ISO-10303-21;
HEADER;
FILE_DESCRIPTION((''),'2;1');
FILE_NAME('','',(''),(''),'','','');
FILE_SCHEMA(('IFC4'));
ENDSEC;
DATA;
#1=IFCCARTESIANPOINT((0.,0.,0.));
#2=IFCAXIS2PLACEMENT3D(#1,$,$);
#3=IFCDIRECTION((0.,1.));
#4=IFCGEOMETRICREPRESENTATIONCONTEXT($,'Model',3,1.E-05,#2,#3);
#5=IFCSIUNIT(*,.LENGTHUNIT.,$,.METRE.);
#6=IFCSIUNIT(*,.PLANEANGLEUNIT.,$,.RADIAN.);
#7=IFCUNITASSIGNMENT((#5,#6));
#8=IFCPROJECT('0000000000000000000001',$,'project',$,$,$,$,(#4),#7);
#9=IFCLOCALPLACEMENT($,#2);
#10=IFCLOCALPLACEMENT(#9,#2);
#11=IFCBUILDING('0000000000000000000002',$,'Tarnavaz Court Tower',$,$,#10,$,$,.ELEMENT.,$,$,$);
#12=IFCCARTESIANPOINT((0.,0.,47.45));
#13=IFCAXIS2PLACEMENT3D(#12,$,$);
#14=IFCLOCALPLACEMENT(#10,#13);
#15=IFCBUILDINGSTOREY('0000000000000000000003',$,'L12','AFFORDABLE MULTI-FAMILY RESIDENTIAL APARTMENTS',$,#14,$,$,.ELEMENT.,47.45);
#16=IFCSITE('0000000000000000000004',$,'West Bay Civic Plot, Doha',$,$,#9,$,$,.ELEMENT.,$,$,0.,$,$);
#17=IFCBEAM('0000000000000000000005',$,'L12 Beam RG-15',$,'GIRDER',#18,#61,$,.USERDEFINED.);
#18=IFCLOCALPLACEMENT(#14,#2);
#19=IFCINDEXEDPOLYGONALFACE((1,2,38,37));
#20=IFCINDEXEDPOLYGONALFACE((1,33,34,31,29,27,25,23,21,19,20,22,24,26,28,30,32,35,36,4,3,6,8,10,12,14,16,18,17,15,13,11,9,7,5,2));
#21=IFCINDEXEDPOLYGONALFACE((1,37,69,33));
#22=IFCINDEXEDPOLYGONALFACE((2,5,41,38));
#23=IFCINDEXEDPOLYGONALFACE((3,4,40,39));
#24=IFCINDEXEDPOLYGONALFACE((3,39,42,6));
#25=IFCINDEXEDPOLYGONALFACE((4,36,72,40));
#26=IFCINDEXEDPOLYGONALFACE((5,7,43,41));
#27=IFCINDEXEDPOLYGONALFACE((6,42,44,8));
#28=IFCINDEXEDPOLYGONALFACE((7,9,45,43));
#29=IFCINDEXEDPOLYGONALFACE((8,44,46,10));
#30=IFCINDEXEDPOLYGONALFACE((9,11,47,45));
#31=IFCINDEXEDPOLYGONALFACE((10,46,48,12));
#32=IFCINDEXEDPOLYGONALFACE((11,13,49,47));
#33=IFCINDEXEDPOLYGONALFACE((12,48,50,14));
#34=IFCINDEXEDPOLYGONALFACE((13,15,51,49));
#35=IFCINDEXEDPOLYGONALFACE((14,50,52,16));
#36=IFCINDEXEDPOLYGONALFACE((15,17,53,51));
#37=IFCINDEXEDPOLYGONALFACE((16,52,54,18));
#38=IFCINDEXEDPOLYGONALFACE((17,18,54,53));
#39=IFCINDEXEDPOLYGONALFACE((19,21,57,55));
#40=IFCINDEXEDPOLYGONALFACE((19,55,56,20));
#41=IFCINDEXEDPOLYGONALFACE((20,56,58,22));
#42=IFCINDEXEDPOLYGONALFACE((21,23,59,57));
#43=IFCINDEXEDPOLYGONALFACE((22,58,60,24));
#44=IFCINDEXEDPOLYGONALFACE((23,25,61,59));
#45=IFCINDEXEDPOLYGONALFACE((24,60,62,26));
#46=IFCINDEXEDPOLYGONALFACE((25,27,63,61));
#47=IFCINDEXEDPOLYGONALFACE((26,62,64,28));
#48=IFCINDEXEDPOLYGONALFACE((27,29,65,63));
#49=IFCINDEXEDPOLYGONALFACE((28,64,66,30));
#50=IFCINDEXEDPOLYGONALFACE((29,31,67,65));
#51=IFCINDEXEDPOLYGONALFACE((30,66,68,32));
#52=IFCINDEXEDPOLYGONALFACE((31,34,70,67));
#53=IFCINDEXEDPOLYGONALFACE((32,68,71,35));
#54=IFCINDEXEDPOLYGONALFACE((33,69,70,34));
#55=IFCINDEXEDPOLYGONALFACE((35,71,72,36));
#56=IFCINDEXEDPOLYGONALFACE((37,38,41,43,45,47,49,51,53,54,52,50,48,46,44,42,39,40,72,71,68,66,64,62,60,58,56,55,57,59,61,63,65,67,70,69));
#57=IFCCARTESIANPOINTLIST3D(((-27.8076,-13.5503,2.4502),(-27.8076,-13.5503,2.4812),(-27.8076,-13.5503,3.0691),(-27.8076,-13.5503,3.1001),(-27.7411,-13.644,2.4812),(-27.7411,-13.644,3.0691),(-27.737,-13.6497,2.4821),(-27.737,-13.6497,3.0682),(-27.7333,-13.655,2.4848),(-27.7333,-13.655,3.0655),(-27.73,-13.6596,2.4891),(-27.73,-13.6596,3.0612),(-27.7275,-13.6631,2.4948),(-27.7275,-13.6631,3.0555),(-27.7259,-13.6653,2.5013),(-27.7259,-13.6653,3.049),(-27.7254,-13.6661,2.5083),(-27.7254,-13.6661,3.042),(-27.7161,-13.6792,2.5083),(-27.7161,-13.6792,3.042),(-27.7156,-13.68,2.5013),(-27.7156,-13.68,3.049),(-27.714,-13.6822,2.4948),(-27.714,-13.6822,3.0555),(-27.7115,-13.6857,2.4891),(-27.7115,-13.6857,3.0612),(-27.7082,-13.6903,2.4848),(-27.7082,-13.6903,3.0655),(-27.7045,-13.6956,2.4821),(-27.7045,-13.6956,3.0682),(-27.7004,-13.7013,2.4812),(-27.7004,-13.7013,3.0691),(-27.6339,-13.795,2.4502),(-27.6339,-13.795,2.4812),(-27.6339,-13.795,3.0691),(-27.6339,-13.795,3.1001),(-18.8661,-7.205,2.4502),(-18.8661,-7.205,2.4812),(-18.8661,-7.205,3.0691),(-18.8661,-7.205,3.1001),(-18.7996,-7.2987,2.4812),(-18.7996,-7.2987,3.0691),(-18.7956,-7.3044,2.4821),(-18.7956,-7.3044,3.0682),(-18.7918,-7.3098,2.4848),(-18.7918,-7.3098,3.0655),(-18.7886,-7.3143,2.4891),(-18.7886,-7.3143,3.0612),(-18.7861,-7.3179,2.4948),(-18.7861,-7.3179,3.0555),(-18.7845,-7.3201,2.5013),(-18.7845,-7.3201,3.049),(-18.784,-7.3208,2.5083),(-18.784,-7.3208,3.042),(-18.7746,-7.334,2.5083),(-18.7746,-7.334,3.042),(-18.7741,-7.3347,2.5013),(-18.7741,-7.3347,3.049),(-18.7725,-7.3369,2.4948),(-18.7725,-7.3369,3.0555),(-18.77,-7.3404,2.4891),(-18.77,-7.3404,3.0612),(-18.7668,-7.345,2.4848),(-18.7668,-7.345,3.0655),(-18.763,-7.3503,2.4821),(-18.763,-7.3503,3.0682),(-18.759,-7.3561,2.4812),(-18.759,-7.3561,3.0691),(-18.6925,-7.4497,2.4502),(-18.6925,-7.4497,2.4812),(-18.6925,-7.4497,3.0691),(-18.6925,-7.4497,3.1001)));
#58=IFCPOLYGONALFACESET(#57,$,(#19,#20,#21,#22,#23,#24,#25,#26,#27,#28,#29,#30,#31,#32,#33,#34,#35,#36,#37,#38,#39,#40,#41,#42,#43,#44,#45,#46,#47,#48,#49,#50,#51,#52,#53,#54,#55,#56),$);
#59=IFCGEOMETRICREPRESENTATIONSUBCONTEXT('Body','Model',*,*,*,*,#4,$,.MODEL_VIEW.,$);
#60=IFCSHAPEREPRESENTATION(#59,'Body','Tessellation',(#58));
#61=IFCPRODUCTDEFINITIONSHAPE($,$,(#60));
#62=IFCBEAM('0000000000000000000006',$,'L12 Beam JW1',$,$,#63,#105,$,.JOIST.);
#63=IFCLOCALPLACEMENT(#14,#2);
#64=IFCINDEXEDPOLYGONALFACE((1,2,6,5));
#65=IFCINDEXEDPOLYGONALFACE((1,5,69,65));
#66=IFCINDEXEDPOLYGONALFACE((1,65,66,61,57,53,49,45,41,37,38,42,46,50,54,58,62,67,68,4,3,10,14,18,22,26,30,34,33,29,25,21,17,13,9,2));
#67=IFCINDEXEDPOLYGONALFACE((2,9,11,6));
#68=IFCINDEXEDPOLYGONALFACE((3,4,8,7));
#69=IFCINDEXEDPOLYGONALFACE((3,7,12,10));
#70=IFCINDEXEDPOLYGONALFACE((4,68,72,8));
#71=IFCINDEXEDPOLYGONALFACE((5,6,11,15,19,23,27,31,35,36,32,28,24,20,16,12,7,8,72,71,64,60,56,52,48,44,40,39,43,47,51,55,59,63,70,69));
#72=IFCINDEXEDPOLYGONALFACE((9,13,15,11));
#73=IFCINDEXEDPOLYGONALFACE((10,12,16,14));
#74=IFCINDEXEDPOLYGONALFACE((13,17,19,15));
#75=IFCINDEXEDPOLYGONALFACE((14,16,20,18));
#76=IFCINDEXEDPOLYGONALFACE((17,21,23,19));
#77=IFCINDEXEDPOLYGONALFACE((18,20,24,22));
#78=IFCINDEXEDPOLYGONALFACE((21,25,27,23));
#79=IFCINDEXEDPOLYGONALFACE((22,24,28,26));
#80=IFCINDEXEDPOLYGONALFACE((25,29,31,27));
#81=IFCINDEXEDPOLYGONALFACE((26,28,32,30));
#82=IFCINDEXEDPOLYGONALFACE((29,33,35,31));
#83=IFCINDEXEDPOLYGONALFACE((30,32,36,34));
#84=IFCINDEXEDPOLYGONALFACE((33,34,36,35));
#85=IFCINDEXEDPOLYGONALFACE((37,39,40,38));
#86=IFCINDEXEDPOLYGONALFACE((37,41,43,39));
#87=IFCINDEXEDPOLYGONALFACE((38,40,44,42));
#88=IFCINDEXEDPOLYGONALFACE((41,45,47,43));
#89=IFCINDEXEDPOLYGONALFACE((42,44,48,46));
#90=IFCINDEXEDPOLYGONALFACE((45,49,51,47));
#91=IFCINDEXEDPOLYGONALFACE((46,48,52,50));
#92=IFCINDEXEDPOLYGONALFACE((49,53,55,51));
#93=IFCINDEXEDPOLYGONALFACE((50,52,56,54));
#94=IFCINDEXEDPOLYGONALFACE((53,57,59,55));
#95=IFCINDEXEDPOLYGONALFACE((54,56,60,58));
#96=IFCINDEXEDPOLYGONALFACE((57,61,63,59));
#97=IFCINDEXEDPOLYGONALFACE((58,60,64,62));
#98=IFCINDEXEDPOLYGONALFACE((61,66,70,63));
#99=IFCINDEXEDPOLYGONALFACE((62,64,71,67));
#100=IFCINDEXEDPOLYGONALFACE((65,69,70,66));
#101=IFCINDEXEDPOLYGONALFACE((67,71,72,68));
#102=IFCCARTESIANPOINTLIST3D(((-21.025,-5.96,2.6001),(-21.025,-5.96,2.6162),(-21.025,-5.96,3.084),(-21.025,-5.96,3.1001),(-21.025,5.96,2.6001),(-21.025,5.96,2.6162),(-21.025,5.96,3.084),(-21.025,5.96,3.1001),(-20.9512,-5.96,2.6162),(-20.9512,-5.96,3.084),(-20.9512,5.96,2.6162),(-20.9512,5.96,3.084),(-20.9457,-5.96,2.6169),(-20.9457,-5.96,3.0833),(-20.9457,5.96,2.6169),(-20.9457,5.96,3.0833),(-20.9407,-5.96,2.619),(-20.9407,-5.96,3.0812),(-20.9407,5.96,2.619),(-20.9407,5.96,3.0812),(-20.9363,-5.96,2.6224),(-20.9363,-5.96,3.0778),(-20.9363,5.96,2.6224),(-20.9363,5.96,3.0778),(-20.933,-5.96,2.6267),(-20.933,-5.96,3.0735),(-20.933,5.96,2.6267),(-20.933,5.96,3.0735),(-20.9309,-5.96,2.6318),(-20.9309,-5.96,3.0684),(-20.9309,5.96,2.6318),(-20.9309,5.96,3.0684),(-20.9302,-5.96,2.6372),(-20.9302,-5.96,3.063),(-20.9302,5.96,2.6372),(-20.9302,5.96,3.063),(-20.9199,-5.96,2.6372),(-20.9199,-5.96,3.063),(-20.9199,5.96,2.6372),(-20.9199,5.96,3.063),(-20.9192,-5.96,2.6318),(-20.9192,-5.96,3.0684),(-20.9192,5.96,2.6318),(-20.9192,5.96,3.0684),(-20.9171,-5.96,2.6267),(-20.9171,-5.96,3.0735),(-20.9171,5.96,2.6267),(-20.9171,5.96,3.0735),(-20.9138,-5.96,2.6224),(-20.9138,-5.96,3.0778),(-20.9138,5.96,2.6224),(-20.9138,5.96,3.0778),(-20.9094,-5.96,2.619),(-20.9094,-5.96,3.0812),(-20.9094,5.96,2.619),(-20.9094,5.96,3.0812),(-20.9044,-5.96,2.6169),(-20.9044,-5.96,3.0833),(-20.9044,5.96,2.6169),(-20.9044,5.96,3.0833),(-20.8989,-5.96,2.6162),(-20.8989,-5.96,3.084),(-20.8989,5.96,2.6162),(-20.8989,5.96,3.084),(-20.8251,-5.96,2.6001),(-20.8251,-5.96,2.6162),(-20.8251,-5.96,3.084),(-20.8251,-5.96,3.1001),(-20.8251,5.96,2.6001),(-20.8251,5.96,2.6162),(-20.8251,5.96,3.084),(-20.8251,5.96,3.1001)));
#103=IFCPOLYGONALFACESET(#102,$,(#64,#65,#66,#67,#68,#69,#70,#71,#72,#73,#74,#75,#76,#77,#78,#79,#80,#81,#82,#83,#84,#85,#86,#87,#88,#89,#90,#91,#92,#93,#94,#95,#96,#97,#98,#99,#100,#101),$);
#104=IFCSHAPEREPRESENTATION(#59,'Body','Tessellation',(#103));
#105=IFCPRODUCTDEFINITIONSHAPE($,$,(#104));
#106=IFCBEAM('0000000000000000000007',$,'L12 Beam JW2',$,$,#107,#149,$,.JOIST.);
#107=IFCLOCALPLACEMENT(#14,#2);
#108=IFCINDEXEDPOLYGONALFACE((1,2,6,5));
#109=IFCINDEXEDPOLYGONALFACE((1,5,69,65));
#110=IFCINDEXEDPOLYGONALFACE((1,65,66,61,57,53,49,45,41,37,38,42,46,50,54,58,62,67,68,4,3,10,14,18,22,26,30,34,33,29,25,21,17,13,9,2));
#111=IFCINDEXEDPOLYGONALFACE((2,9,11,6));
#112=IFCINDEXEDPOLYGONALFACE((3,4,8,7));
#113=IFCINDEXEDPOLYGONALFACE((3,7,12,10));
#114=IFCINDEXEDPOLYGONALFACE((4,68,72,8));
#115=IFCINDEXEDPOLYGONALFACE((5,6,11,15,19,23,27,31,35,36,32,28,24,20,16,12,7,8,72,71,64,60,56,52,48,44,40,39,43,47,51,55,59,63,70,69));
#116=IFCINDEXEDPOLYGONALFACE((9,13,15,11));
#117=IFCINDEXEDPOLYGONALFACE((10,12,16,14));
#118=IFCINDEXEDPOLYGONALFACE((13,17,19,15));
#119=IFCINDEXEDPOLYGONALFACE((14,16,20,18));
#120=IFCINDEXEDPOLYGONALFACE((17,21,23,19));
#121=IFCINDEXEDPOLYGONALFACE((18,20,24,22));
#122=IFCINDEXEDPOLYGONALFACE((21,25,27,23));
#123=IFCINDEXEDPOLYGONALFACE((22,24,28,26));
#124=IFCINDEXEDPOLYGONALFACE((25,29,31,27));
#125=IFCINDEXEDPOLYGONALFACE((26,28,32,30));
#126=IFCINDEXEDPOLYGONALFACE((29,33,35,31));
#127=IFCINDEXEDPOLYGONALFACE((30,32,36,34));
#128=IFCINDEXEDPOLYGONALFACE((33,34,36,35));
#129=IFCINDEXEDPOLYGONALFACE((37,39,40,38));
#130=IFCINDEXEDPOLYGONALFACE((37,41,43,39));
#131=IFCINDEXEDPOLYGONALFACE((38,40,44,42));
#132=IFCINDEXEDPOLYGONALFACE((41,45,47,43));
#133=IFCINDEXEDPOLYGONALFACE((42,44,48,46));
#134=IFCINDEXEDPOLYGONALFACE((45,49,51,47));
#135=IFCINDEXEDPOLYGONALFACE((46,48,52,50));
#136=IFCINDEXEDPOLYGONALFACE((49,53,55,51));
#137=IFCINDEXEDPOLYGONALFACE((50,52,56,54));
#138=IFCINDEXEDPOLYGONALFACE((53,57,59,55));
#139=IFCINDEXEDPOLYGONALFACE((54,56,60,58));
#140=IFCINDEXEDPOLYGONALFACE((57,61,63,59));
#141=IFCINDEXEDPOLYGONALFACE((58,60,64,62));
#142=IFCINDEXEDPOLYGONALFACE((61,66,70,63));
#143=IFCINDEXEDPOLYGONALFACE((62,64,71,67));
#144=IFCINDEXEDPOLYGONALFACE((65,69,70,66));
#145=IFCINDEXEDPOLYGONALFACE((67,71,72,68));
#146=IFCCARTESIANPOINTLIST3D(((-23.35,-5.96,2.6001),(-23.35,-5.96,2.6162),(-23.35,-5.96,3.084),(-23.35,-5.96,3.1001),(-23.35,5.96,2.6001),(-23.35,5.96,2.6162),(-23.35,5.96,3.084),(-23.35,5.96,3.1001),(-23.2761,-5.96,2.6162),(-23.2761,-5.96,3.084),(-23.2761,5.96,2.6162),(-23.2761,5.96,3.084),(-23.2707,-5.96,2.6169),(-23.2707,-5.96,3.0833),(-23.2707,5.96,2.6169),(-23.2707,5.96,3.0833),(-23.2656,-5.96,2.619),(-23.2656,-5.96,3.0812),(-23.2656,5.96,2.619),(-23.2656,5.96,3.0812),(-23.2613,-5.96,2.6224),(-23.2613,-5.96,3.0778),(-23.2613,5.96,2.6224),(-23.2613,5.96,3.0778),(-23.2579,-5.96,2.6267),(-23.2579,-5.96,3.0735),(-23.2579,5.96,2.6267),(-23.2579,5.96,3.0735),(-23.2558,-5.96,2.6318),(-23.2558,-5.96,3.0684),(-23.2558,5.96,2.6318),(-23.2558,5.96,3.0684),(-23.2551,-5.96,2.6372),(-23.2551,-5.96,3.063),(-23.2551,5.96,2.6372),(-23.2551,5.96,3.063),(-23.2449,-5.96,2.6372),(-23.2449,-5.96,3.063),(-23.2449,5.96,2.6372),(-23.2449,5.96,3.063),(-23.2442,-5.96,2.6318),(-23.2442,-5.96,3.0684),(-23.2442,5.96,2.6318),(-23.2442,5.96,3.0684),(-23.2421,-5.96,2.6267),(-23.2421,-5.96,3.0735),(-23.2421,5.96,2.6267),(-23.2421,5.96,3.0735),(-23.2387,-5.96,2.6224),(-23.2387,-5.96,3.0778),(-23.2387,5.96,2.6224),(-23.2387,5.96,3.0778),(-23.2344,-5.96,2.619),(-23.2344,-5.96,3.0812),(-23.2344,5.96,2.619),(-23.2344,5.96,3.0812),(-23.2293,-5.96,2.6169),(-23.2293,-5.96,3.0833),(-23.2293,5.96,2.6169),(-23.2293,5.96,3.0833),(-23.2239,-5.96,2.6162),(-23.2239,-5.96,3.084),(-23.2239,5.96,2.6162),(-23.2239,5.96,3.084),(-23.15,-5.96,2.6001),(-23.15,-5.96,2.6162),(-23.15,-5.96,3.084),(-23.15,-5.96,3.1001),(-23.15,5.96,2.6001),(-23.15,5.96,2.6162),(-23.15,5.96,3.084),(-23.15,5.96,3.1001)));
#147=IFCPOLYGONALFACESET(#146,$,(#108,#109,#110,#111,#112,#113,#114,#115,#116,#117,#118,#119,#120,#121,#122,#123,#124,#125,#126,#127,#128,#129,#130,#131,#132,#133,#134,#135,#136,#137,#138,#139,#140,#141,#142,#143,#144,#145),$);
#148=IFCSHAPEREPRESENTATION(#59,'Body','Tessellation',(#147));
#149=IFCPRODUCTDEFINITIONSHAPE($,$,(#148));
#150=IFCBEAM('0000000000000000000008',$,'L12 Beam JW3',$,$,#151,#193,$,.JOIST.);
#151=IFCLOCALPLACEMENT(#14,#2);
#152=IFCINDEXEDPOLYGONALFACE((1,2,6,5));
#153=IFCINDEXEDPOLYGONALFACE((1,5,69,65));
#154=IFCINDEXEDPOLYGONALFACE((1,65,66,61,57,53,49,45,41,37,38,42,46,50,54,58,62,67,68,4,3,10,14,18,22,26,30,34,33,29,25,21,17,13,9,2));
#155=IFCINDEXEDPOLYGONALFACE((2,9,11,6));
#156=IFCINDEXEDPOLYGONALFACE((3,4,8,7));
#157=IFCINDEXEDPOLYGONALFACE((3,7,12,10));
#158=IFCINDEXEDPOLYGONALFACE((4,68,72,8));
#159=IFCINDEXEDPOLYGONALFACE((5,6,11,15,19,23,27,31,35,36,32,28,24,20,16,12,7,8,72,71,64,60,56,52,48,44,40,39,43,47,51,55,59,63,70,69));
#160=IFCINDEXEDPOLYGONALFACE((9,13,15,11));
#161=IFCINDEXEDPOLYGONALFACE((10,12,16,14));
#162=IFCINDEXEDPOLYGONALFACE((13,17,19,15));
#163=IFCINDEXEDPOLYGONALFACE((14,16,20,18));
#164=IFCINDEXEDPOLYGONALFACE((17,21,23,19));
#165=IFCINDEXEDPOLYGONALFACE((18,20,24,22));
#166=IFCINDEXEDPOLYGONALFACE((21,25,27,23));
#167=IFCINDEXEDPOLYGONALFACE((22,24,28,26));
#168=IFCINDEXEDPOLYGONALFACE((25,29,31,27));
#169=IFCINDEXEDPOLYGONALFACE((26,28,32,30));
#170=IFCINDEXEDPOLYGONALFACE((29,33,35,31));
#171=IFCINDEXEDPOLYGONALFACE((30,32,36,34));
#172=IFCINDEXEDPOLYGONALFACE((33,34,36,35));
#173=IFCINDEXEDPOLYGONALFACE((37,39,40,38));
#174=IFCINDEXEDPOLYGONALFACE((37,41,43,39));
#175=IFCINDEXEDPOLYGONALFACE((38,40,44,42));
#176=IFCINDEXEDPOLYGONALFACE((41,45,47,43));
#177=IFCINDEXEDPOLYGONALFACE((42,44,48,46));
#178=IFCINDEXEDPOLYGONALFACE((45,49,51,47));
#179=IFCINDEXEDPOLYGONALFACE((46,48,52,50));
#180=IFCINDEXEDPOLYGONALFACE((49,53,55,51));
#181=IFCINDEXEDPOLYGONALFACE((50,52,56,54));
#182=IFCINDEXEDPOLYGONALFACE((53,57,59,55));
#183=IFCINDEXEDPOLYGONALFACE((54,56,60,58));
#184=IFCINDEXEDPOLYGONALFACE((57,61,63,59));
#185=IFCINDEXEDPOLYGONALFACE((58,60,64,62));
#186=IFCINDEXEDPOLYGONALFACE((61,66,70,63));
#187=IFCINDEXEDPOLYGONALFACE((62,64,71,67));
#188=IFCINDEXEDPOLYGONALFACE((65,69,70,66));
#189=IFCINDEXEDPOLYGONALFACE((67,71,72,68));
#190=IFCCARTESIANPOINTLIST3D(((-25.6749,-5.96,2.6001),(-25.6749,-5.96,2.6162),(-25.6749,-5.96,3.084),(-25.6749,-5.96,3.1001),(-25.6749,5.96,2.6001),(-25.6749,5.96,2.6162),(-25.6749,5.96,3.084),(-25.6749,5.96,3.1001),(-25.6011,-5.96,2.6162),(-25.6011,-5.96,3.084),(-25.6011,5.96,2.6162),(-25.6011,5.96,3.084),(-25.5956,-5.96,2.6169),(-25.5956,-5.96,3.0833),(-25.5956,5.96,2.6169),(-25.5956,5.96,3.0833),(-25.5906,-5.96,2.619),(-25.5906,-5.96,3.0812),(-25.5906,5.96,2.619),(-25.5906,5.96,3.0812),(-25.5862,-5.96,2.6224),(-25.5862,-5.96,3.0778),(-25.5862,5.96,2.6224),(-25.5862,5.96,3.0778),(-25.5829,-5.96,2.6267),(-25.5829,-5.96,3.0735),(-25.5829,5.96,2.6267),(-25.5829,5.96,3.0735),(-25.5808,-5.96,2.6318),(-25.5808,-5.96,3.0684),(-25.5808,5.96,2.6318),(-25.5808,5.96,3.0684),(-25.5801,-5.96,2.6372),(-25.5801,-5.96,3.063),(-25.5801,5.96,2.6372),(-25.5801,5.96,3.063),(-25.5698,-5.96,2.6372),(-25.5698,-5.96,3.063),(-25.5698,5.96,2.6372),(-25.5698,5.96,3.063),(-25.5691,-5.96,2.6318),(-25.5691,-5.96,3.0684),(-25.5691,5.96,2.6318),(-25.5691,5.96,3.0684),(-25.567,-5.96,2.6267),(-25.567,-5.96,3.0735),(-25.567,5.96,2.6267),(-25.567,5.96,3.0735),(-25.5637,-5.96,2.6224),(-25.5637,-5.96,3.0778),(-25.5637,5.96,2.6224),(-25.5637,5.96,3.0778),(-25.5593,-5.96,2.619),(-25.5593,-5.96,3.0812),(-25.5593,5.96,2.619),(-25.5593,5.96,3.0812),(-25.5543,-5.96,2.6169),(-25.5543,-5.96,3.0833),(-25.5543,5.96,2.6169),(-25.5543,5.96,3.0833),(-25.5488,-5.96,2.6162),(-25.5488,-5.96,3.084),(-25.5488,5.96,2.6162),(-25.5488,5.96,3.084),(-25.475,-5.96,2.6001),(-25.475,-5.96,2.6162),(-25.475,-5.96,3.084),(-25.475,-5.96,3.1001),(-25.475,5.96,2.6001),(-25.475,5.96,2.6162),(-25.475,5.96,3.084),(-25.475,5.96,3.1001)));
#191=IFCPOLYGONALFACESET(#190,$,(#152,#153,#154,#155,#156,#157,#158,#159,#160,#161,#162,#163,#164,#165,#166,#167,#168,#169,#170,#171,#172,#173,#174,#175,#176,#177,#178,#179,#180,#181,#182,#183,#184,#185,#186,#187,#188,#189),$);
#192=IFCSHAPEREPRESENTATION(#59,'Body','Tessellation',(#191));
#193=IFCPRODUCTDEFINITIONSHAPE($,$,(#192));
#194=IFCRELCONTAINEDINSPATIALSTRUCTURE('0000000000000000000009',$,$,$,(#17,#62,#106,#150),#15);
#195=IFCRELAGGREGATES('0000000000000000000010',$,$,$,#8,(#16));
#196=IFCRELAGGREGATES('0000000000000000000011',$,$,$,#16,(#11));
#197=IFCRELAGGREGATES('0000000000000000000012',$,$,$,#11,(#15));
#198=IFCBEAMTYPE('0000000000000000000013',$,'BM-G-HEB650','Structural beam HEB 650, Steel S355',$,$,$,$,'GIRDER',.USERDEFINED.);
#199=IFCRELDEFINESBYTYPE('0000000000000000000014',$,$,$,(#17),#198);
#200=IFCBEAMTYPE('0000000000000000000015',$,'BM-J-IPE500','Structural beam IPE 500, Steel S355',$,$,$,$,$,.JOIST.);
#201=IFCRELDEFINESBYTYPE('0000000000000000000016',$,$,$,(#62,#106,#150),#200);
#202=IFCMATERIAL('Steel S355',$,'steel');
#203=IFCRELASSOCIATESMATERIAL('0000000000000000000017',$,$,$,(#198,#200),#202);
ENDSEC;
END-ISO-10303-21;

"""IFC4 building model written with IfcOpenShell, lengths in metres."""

from ifc_helpers import new_model, si_unit, direction, frame, origin, origin_2d, place, context, subcontext, project, spatial, i_section, extrude, material, material_profile, profile_set, type_object, element, save


model = new_model("IFC4")

# Units and contexts
model_context = context("Model", 3, precision=1e-05, world=origin(), true_north=direction((0.0, 1.0)))
body_context = subcontext(model_context, "Body", "Model", "MODEL_VIEW")
ifc_project = project(units=[si_unit("LENGTHUNIT", "METRE"), si_unit("PLANEANGLEUNIT", "RADIAN")], contexts=[model_context])

# Site, building, storey
site_placement = place(None, origin())
site = spatial("IfcSite", under=ifc_project, at=site_placement, Name="West Bay Civic Plot, Doha", CompositionType="ELEMENT", RefElevation=0.0)
building_placement = place(site_placement, origin())
building = spatial("IfcBuilding", under=site, at=building_placement, Name="Tarnavaz Court Tower", CompositionType="ELEMENT")
storey_placement = place(building_placement, frame((0.0, 0.0, 47.45)))
storey = spatial("IfcBuildingStorey", under=building, at=storey_placement, Name="L12", Description="AFFORDABLE MULTI-FAMILY RESIDENTIAL APARTMENTS", CompositionType="ELEMENT", Elevation=47.45)

# Beams
ifc_material_1 = material(Name="Steel S355", Category="steel")
ifc_material_profile_1 = material_profile(ifc_material_1, i_section(OverallWidth=0.3, OverallDepth=0.6499, WebThickness=0.0161, FlangeThickness=0.031, FilletRadius=0.0271, at=origin_2d()), Name="HEB 650")
ifc_profile_set_1 = profile_set([ifc_material_profile_1], Name="Steel S355")
beam_type_1 = type_object("IfcBeamType", Name="BM-G-HEB650", Description="Structural beam HEB 650, Steel S355", ElementType="GIRDER", PredefinedType="USERDEFINED", material=ifc_profile_set_1)
beam_1_placement = place(storey_placement, frame((-18.7793, -7.3274, 2.7751), z_axis=(-0.81552, -0.578729, 0.0), x_axis=(0.578729, -0.81552, 0.0)))
element("IfcBeam", 1, at=beam_1_placement, inside=storey, type_object=beam_type_1, Name="L12 Beam RG-15", ObjectType="GIRDER", PredefinedType="USERDEFINED", context=body_context, shape_type="SweptSolid", body=[
    extrude(i_section(OverallWidth=0.3, OverallDepth=0.6499, WebThickness=0.0161, FlangeThickness=0.031, FilletRadius=0.0271, at=origin_2d()), origin(), (0.0, 0.0, 1.0), 10.9641),
])
ifc_material_profile_2 = material_profile(ifc_material_1, i_section(OverallWidth=0.2, OverallDepth=0.5, WebThickness=0.0103, FlangeThickness=0.0161, FilletRadius=0.021, at=origin_2d()), Name="IPE 500")
ifc_profile_set_2 = profile_set([ifc_material_profile_2], Name="Steel S355")
beam_type_2 = type_object("IfcBeamType", Name="BM-J-IPE500", Description="Structural beam IPE 500, Steel S355", PredefinedType="JOIST", material=ifc_profile_set_2)
for number, where, z_axis, x_axis, name in (
    (2, (-20.925, -5.96, 2.8501), (0.0, 1.0, 0.0), (-1.0, 0.0, 0.0), "L12 Beam JW1"),
    (3, (-23.25, -5.96, 2.8501), (0.0, 1.0, 0.0), (-1.0, 0.0, 0.0), "L12 Beam JW2"),
    (4, (-25.575, -5.96, 2.8501), (0.0, 1.0, 0.0), (-1.0, 0.0, 0.0), "L12 Beam JW3"),
):
    element("IfcBeam", number, at=place(storey_placement, frame(where, z_axis=z_axis, x_axis=x_axis)), inside=storey, type_object=beam_type_2, Name=name, PredefinedType="JOIST", context=body_context, shape_type="SweptSolid", body=[
        extrude(i_section(OverallWidth=0.2, OverallDepth=0.5, WebThickness=0.0103, FlangeThickness=0.0161, FilletRadius=0.021, at=origin_2d()), origin(), (0.0, 0.0, 1.0), 11.9199),
    ])

save(model, "model.ifc")
